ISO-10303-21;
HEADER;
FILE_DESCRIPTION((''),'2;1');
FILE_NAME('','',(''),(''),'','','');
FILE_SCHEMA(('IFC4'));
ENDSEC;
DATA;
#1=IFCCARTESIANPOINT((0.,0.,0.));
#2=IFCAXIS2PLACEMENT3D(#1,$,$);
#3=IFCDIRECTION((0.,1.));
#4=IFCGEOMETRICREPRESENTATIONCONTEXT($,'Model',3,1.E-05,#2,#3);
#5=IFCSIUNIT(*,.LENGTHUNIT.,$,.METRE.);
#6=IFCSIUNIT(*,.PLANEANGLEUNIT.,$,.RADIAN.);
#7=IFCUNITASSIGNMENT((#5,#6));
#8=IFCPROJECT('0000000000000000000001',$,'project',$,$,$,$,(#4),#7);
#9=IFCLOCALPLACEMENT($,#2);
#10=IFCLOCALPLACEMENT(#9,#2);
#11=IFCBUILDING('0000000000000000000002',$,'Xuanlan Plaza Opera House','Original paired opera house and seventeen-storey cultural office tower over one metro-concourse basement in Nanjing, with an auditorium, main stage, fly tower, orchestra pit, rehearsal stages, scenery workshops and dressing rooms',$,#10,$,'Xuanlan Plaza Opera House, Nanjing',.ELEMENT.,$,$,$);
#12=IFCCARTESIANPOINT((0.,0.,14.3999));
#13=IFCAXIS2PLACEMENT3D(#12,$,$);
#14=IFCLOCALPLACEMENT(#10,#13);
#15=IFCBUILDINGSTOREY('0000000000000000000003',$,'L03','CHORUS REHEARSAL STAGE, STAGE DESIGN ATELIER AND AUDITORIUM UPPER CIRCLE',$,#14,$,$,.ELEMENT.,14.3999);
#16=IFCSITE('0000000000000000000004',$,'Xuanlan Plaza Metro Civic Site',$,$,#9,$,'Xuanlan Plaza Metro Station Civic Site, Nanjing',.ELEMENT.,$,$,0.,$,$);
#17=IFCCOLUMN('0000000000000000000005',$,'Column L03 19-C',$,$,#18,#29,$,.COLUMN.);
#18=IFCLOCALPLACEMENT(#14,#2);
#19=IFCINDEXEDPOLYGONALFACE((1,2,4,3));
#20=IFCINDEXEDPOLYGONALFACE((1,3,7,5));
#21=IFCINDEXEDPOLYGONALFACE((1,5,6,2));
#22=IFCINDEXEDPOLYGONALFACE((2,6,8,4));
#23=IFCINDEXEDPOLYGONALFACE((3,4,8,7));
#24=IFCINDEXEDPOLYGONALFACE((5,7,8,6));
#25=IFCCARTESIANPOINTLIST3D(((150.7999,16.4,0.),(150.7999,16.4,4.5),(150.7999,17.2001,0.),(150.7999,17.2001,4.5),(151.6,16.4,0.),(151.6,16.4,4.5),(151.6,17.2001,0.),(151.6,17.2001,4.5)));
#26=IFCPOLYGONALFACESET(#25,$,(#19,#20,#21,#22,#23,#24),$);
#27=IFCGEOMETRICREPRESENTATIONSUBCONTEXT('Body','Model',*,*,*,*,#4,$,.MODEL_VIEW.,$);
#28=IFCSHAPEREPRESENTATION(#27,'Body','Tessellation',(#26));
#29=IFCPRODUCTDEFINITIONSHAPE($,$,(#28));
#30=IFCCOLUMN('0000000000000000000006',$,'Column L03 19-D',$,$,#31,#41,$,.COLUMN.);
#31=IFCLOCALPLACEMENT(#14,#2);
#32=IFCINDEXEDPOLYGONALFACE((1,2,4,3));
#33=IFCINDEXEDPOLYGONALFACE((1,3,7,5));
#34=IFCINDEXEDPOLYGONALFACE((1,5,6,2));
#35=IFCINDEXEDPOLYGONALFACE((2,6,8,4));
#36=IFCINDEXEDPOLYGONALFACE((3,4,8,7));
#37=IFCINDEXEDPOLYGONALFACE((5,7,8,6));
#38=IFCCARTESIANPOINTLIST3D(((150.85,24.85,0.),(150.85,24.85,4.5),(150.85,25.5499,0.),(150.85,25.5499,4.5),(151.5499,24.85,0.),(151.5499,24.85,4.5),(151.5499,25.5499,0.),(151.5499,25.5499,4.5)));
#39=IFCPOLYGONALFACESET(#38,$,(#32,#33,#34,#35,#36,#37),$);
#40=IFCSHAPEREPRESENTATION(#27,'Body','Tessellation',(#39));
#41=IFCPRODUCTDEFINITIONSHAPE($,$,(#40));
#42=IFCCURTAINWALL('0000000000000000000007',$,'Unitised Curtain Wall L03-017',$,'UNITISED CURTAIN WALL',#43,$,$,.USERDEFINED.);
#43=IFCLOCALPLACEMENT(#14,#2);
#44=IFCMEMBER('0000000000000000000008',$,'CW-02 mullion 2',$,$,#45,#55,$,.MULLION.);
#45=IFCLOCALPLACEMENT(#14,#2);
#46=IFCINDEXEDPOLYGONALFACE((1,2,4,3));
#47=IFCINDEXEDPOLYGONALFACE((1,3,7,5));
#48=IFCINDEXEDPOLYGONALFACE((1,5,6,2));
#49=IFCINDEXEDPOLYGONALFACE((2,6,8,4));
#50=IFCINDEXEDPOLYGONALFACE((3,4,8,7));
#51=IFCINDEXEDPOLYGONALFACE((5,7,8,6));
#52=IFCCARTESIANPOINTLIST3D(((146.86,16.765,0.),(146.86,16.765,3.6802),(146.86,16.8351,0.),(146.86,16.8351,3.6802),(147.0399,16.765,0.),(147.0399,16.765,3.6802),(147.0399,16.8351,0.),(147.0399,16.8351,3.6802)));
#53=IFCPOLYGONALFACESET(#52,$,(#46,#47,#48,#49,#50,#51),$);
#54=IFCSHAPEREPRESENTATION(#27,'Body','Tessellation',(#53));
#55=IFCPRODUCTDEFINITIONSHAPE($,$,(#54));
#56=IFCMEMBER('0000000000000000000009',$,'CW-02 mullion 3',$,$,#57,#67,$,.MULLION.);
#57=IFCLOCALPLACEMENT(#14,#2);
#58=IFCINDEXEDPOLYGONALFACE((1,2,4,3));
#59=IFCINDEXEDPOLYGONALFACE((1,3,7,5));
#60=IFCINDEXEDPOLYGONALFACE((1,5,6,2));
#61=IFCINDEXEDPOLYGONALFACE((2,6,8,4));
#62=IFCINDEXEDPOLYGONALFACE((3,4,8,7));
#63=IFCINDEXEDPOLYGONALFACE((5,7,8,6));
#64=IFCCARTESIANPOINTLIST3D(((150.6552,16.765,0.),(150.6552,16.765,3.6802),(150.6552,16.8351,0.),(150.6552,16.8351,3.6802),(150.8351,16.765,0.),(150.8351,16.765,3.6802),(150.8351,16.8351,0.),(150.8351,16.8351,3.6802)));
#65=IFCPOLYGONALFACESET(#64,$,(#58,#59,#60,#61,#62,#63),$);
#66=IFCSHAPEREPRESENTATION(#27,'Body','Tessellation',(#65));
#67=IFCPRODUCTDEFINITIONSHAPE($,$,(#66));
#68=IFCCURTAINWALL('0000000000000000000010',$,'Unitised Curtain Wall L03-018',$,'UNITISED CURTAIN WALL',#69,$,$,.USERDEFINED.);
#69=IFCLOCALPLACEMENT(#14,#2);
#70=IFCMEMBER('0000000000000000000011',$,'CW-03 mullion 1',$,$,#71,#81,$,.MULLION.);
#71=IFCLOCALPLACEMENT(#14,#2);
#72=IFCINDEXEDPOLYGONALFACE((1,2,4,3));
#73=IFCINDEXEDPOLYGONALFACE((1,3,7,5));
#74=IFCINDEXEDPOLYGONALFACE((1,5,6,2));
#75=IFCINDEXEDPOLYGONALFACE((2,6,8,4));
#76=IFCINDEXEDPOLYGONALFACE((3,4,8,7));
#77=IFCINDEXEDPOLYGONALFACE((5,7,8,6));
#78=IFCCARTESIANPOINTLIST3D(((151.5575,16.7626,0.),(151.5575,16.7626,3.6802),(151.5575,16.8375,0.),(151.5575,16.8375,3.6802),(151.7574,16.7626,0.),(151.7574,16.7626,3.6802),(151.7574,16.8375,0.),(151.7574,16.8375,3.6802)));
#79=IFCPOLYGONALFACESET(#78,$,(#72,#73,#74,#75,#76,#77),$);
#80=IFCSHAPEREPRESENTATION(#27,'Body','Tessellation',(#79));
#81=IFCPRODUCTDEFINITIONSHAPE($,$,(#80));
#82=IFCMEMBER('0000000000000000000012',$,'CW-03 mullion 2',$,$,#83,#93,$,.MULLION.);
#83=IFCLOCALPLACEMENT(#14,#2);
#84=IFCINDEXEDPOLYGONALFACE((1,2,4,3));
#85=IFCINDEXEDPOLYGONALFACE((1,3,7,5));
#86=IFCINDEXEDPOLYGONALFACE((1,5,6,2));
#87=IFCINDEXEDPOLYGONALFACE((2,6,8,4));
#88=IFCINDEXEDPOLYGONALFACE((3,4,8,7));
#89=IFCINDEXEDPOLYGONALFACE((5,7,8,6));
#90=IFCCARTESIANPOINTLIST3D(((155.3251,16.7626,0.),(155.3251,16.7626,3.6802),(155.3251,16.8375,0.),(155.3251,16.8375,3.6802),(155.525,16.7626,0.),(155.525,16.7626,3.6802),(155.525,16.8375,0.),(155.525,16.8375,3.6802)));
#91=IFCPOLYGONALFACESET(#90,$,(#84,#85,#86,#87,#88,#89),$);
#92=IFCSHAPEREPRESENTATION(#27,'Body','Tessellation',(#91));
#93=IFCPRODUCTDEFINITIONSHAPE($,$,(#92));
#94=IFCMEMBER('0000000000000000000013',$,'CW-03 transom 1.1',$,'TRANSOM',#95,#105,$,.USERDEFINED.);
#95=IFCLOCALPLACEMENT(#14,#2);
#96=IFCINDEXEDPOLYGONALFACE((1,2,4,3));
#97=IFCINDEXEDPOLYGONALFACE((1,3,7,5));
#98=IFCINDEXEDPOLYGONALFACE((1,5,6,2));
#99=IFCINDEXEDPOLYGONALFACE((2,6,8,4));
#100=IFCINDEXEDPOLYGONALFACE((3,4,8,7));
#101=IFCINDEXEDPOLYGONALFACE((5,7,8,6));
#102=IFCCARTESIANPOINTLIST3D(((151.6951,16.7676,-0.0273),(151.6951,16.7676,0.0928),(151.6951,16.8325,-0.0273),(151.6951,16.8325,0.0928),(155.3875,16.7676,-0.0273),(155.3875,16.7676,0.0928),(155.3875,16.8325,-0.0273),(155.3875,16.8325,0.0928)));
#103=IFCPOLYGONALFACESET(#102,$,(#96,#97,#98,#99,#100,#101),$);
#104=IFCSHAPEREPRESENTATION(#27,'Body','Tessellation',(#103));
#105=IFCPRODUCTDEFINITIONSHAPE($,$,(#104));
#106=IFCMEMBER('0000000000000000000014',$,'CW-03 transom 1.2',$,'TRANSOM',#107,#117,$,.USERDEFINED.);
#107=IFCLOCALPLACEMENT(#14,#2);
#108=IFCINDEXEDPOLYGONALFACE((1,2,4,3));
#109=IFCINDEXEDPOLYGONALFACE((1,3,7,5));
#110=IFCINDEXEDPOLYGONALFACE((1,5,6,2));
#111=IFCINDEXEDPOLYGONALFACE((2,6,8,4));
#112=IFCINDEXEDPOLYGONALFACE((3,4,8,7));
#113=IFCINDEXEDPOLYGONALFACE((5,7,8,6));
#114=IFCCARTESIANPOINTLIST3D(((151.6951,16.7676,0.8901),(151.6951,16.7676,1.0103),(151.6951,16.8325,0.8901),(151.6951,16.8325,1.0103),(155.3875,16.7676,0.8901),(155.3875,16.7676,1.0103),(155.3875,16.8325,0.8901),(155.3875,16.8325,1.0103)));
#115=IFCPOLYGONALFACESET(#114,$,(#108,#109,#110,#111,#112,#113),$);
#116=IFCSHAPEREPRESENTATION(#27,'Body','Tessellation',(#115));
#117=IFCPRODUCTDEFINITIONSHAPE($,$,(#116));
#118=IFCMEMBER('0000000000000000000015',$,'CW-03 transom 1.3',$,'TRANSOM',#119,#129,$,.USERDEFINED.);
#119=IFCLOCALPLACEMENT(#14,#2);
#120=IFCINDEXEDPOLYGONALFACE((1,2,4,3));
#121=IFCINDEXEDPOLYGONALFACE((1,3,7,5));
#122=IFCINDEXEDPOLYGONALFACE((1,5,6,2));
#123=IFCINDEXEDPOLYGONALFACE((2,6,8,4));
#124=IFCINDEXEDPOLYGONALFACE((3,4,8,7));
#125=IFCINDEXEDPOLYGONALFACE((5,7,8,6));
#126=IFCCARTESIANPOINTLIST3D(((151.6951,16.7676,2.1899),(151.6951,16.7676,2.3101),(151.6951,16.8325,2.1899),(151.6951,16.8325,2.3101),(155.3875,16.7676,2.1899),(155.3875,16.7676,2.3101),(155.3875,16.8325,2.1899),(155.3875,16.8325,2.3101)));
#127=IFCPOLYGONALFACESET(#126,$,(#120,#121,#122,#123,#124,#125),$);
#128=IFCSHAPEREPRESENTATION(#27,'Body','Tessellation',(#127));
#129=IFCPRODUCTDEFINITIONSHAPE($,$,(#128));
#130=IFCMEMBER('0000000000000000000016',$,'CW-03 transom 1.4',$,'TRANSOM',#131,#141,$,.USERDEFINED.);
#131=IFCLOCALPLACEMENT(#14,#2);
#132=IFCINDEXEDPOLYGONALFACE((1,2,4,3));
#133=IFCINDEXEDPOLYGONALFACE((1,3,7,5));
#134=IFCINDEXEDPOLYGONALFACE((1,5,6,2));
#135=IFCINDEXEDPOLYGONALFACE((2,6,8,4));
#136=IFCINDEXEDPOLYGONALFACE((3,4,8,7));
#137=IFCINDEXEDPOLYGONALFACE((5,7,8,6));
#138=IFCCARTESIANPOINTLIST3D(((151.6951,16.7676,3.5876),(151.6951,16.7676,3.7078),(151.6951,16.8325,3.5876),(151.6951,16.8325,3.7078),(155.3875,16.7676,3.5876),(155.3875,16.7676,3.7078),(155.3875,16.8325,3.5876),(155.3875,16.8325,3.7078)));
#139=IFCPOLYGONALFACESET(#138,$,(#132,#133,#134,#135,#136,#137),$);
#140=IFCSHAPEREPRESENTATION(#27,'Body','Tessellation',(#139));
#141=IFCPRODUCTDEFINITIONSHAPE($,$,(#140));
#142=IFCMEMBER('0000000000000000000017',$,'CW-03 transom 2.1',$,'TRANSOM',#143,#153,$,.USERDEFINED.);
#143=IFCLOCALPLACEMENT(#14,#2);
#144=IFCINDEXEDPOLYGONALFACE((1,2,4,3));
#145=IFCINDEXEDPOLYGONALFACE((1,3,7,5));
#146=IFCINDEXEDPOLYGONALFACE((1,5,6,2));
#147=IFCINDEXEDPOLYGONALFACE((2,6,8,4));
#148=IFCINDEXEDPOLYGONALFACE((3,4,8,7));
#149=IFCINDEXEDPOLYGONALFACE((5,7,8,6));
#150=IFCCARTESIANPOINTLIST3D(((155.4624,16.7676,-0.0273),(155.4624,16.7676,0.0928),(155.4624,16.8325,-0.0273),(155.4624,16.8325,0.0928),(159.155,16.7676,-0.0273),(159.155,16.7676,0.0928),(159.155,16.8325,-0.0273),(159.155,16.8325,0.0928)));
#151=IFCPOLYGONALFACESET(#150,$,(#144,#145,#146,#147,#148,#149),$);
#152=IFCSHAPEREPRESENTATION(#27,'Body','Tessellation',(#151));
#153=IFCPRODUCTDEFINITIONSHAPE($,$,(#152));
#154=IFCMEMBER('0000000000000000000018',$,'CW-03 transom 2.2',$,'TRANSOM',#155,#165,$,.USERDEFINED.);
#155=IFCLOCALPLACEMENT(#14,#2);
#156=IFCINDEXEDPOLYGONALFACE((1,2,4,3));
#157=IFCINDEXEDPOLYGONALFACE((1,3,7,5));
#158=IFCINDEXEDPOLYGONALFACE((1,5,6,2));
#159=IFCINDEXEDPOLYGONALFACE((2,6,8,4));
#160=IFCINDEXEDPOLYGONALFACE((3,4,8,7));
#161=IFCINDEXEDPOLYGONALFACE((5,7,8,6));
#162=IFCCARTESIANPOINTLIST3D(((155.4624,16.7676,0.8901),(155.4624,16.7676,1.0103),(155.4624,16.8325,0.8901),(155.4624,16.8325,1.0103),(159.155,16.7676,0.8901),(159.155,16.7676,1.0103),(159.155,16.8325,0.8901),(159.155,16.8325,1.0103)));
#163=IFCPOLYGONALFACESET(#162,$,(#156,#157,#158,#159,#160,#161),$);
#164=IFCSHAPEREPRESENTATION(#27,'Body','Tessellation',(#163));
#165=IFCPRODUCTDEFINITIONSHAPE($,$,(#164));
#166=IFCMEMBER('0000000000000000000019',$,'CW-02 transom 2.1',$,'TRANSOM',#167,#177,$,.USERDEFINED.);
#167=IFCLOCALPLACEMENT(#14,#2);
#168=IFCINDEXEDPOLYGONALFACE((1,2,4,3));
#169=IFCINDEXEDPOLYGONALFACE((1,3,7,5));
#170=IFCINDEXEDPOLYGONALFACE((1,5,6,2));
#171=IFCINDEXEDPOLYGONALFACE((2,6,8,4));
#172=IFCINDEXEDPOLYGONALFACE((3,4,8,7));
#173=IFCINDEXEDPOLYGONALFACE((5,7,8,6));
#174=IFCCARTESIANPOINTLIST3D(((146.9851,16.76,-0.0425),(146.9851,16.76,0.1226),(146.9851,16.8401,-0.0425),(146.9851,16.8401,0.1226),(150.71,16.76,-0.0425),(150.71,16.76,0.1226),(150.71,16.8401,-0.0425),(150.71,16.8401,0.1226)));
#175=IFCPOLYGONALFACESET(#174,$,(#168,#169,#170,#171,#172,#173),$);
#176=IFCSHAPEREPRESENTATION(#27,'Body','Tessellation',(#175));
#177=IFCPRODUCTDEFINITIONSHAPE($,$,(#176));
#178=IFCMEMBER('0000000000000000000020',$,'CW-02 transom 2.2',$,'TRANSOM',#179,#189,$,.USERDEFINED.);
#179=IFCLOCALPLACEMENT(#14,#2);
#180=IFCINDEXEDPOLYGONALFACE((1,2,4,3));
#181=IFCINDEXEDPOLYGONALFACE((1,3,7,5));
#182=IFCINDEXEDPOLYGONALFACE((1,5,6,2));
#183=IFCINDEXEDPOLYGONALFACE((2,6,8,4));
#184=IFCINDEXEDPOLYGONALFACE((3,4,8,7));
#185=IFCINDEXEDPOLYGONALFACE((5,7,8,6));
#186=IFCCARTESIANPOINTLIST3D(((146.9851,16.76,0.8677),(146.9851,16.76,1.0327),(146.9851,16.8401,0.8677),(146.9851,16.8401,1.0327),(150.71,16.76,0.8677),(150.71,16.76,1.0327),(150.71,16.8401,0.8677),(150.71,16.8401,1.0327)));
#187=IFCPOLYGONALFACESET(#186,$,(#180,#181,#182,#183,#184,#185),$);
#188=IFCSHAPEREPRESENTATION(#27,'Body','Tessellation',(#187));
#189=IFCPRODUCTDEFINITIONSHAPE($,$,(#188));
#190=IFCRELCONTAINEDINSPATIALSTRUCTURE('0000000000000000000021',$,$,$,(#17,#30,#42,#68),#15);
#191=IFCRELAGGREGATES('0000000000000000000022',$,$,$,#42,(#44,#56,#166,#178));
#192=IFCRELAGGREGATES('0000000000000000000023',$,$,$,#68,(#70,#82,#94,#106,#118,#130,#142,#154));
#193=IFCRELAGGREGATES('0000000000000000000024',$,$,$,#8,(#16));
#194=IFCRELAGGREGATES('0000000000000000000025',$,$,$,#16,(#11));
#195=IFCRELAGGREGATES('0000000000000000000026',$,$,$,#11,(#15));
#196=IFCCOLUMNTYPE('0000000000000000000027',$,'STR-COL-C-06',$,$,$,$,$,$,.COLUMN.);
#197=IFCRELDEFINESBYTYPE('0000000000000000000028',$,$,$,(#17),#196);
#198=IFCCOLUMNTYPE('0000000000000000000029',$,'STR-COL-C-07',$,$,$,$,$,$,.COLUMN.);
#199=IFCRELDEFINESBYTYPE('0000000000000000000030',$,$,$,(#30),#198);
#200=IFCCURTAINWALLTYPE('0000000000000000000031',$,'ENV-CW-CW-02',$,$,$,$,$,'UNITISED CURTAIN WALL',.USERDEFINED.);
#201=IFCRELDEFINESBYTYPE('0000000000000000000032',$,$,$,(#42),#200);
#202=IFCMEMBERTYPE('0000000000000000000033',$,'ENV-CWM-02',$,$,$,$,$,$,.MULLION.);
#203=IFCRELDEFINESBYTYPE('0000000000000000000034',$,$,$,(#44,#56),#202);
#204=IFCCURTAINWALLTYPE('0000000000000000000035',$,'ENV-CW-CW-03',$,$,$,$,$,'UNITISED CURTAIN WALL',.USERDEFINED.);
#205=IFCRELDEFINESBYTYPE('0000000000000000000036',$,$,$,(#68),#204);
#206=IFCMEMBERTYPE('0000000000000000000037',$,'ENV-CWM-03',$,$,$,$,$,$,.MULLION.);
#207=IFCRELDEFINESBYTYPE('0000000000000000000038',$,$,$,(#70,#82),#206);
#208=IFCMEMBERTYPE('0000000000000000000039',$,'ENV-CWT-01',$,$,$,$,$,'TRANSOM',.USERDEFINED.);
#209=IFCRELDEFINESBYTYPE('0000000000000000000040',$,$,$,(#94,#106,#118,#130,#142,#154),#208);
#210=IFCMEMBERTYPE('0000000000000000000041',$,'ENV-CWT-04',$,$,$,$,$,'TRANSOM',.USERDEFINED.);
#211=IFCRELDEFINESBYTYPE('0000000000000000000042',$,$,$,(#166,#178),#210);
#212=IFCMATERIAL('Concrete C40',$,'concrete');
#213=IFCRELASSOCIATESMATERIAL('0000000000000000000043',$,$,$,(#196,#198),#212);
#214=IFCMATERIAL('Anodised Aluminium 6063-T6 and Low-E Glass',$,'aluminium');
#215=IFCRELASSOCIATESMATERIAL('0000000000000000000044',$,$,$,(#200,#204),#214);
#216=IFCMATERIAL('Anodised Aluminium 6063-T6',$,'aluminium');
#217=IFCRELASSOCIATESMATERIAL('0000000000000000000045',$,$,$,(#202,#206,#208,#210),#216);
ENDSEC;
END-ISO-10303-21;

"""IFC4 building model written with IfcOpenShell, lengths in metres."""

from ifc_helpers import new_model, si_unit, direction, frame, origin, origin_2d, place, context, subcontext, project, spatial, rectangle, extrude, material, material_profile, profile_set, type_object, element, aggregate, save


model = new_model("IFC4")

# Units and contexts
model_context = context("Model", 3, precision=1e-05, world=origin(), true_north=direction((0.0, 1.0)))
body_context = subcontext(model_context, "Body", "Model", "MODEL_VIEW")
ifc_project = project(units=[si_unit("LENGTHUNIT", "METRE"), si_unit("PLANEANGLEUNIT", "RADIAN")], contexts=[model_context])

# Site, building, storey
site_placement = place(None, origin())
site = spatial("IfcSite", under=ifc_project, at=site_placement, Name="Xuanlan Plaza Metro Civic Site", LongName="Xuanlan Plaza Metro Station Civic Site, Nanjing", CompositionType="ELEMENT", RefElevation=0.0)
building_placement = place(site_placement, origin())
building = spatial("IfcBuilding", under=site, at=building_placement, Name="Xuanlan Plaza Opera House", Description="Original paired opera house and seventeen-storey cultural office tower over one metro-concourse basement in Nanjing, with an auditorium, main stage, fly tower, orchestra pit, rehearsal stages, scenery workshops and dressing rooms", LongName="Xuanlan Plaza Opera House, Nanjing", CompositionType="ELEMENT")
storey_placement = place(building_placement, frame((0.0, 0.0, 14.3999)))
storey = spatial("IfcBuildingStorey", under=building, at=storey_placement, Name="L03", Description="CHORUS REHEARSAL STAGE, STAGE DESIGN ATELIER AND AUDITORIUM UPPER CIRCLE", CompositionType="ELEMENT", Elevation=14.3999)

# Columns
ifc_material_1 = material(Name="Concrete C40", Category="concrete")
ifc_material_profile_1 = material_profile(ifc_material_1, rectangle(XDim=0.8, YDim=0.8, at=origin_2d()), Name="RC-COL 800x800")
ifc_profile_set_1 = profile_set([ifc_material_profile_1], Name="Concrete C40")
column_type_1 = type_object("IfcColumnType", Name="STR-COL-C-06", PredefinedType="COLUMN", material=ifc_profile_set_1)
column_1_placement = place(storey_placement, frame((151.2, 16.8, 0.0), z_axis=(0.0, 0.0, 1.0), x_axis=(1.0, 0.0, 0.0)))
element("IfcColumn", 1, at=column_1_placement, inside=storey, type_object=column_type_1, Name="Column L03 19-C", PredefinedType="COLUMN", context=body_context, shape_type="SweptSolid", body=[
    extrude(rectangle(XDim=0.8, YDim=0.8, at=origin_2d()), origin(), (0.0, 0.0, 1.0), 4.5),
])
ifc_material_profile_2 = material_profile(ifc_material_1, rectangle(XDim=0.7, YDim=0.7, at=origin_2d()), Name="RC-COL 700x700")
ifc_profile_set_2 = profile_set([ifc_material_profile_2], Name="Concrete C40")
column_type_2 = type_object("IfcColumnType", Name="STR-COL-C-07", PredefinedType="COLUMN", material=ifc_profile_set_2)
column_2_placement = place(storey_placement, frame((151.2, 25.2, 0.0), z_axis=(0.0, 0.0, 1.0), x_axis=(1.0, 0.0, 0.0)))
element("IfcColumn", 2, at=column_2_placement, inside=storey, type_object=column_type_2, Name="Column L03 19-D", PredefinedType="COLUMN", context=body_context, shape_type="SweptSolid", body=[
    extrude(rectangle(XDim=0.7, YDim=0.7, at=origin_2d()), origin(), (0.0, 0.0, 1.0), 4.5),
])

# Curtain walls, members
ifc_material_2 = material(Name="Anodised Aluminium 6063-T6 and Low-E Glass", Category="aluminium")
curtain_wall_type_1 = type_object("IfcCurtainWallType", Name="ENV-CW-CW-02", ElementType="UNITISED CURTAIN WALL", PredefinedType="USERDEFINED", material=ifc_material_2)
curtain_wall_1_placement = place(storey_placement, origin())
curtain_wall_1 = element("IfcCurtainWall", 3, at=curtain_wall_1_placement, inside=storey, type_object=curtain_wall_type_1, Name="Unitised Curtain Wall L03-017", ObjectType="UNITISED CURTAIN WALL", PredefinedType="USERDEFINED")
ifc_material_3 = material(Name="Anodised Aluminium 6063-T6", Category="aluminium")
ifc_material_profile_3 = material_profile(ifc_material_3, rectangle(XDim=0.0701, YDim=0.1799, at=origin_2d()), Name="ALU-M 70x180")
ifc_profile_set_3 = profile_set([ifc_material_profile_3], Name="Anodised Aluminium 6063-T6")
member_type_1 = type_object("IfcMemberType", Name="ENV-CWM-02", PredefinedType="MULLION", material=ifc_profile_set_3)
member_1_placement = place(storey_placement, frame((146.95, 16.8, 0.0), z_axis=(0.0, 0.0, 1.0), x_axis=(0.0, 1.0, 0.0)))
member_1 = element("IfcMember", 4, at=member_1_placement, type_object=member_type_1, Name="CW-02 mullion 2", PredefinedType="MULLION", context=body_context, shape_type="SweptSolid", body=[
    extrude(rectangle(XDim=0.0701, YDim=0.1799, at=origin_2d()), origin(), (0.0, 0.0, 1.0), 3.6802),
])
member_2_placement = place(storey_placement, frame((150.7451, 16.8, 0.0), z_axis=(0.0, 0.0, 1.0), x_axis=(0.0, 1.0, 0.0)))
member_2 = element("IfcMember", 5, at=member_2_placement, type_object=member_type_1, Name="CW-02 mullion 3", PredefinedType="MULLION", context=body_context, shape_type="SweptSolid", body=[
    extrude(rectangle(XDim=0.0701, YDim=0.1799, at=origin_2d()), origin(), (0.0, 0.0, 1.0), 3.6802),
])
curtain_wall_type_2 = type_object("IfcCurtainWallType", Name="ENV-CW-CW-03", ElementType="UNITISED CURTAIN WALL", PredefinedType="USERDEFINED", material=ifc_material_2)
curtain_wall_2_placement = place(storey_placement, origin())
curtain_wall_2 = element("IfcCurtainWall", 6, at=curtain_wall_2_placement, inside=storey, type_object=curtain_wall_type_2, Name="Unitised Curtain Wall L03-018", ObjectType="UNITISED CURTAIN WALL", PredefinedType="USERDEFINED")
ifc_material_profile_4 = material_profile(ifc_material_3, rectangle(XDim=0.075, YDim=0.2, at=origin_2d()), Name="ALU-M 75x200")
ifc_profile_set_4 = profile_set([ifc_material_profile_4], Name="Anodised Aluminium 6063-T6")
member_type_2 = type_object("IfcMemberType", Name="ENV-CWM-03", PredefinedType="MULLION", material=ifc_profile_set_4)
member_3_placement = place(storey_placement, frame((151.6575, 16.8, 0.0), z_axis=(0.0, 0.0, 1.0), x_axis=(0.0, 1.0, 0.0)))
member_3 = element("IfcMember", 7, at=member_3_placement, type_object=member_type_2, Name="CW-03 mullion 1", PredefinedType="MULLION", context=body_context, shape_type="SweptSolid", body=[
    extrude(rectangle(XDim=0.075, YDim=0.2, at=origin_2d()), origin(), (0.0, 0.0, 1.0), 3.6802),
])
member_4_placement = place(storey_placement, frame((155.425, 16.8, 0.0), z_axis=(0.0, 0.0, 1.0), x_axis=(0.0, 1.0, 0.0)))
member_4 = element("IfcMember", 8, at=member_4_placement, type_object=member_type_2, Name="CW-03 mullion 2", PredefinedType="MULLION", context=body_context, shape_type="SweptSolid", body=[
    extrude(rectangle(XDim=0.075, YDim=0.2, at=origin_2d()), origin(), (0.0, 0.0, 1.0), 3.6802),
])
ifc_material_profile_5 = material_profile(ifc_material_3, rectangle(XDim=0.0649, YDim=0.1201, at=origin_2d()), Name="ALU-T 65x120")
ifc_profile_set_5 = profile_set([ifc_material_profile_5], Name="Anodised Aluminium 6063-T6")
member_type_3 = type_object("IfcMemberType", Name="ENV-CWT-01", ElementType="TRANSOM", PredefinedType="USERDEFINED", material=ifc_profile_set_5)
member_5_placement = place(storey_placement, frame((151.6951, 16.8, 0.0327), z_axis=(1.0, 0.0, 0.0), x_axis=(0.0, 1.0, 0.0)))
member_5 = element("IfcMember", 9, at=member_5_placement, type_object=member_type_3, Name="CW-03 transom 1.1", ObjectType="TRANSOM", PredefinedType="USERDEFINED", context=body_context, shape_type="SweptSolid", body=[
    extrude(rectangle(XDim=0.0649, YDim=0.1201, at=origin_2d()), origin(), (0.0, 0.0, 1.0), 3.6924),
])
member_6_placement = place(storey_placement, frame((151.6951, 16.8, 0.9502), z_axis=(1.0, 0.0, 0.0), x_axis=(0.0, 1.0, 0.0)))
member_6 = element("IfcMember", 10, at=member_6_placement, type_object=member_type_3, Name="CW-03 transom 1.2", ObjectType="TRANSOM", PredefinedType="USERDEFINED", context=body_context, shape_type="SweptSolid", body=[
    extrude(rectangle(XDim=0.0649, YDim=0.1201, at=origin_2d()), origin(), (0.0, 0.0, 1.0), 3.6924),
])
member_7_placement = place(storey_placement, frame((151.6951, 16.8, 2.25), z_axis=(1.0, 0.0, 0.0), x_axis=(0.0, 1.0, 0.0)))
member_7 = element("IfcMember", 11, at=member_7_placement, type_object=member_type_3, Name="CW-03 transom 1.3", ObjectType="TRANSOM", PredefinedType="USERDEFINED", context=body_context, shape_type="SweptSolid", body=[
    extrude(rectangle(XDim=0.0649, YDim=0.1201, at=origin_2d()), origin(), (0.0, 0.0, 1.0), 3.6924),
])
member_8_placement = place(storey_placement, frame((151.6951, 16.8, 3.6477), z_axis=(1.0, 0.0, 0.0), x_axis=(0.0, 1.0, 0.0)))
member_8 = element("IfcMember", 12, at=member_8_placement, type_object=member_type_3, Name="CW-03 transom 1.4", ObjectType="TRANSOM", PredefinedType="USERDEFINED", context=body_context, shape_type="SweptSolid", body=[
    extrude(rectangle(XDim=0.0649, YDim=0.1201, at=origin_2d()), origin(), (0.0, 0.0, 1.0), 3.6924),
])
member_9_placement = place(storey_placement, frame((155.4624, 16.8, 0.0327), z_axis=(1.0, 0.0, 0.0), x_axis=(0.0, 1.0, 0.0)))
member_9 = element("IfcMember", 13, at=member_9_placement, type_object=member_type_3, Name="CW-03 transom 2.1", ObjectType="TRANSOM", PredefinedType="USERDEFINED", context=body_context, shape_type="SweptSolid", body=[
    extrude(rectangle(XDim=0.0649, YDim=0.1201, at=origin_2d()), origin(), (0.0, 0.0, 1.0), 3.6926),
])
member_10_placement = place(storey_placement, frame((155.4624, 16.8, 0.9502), z_axis=(1.0, 0.0, 0.0), x_axis=(0.0, 1.0, 0.0)))
member_10 = element("IfcMember", 14, at=member_10_placement, type_object=member_type_3, Name="CW-03 transom 2.2", ObjectType="TRANSOM", PredefinedType="USERDEFINED", context=body_context, shape_type="SweptSolid", body=[
    extrude(rectangle(XDim=0.0649, YDim=0.1201, at=origin_2d()), origin(), (0.0, 0.0, 1.0), 3.6926),
])

# Members
ifc_material_profile_6 = material_profile(ifc_material_3, rectangle(XDim=0.0801, YDim=0.165, at=origin_2d()), Name="ALU-T 80x165")
ifc_profile_set_6 = profile_set([ifc_material_profile_6], Name="Anodised Aluminium 6063-T6")
member_type_4 = type_object("IfcMemberType", Name="ENV-CWT-04", ElementType="TRANSOM", PredefinedType="USERDEFINED", material=ifc_profile_set_6)
member_11_placement = place(storey_placement, frame((146.9851, 16.8, 0.04), z_axis=(1.0, 0.0, 0.0), x_axis=(0.0, 1.0, 0.0)))
member_11 = element("IfcMember", 15, at=member_11_placement, type_object=member_type_4, Name="CW-02 transom 2.1", ObjectType="TRANSOM", PredefinedType="USERDEFINED", context=body_context, shape_type="SweptSolid", body=[
    extrude(rectangle(XDim=0.0801, YDim=0.165, at=origin_2d()), origin(), (0.0, 0.0, 1.0), 3.7249),
])
member_12_placement = place(storey_placement, frame((146.9851, 16.8, 0.9502), z_axis=(1.0, 0.0, 0.0), x_axis=(0.0, 1.0, 0.0)))
member_12 = element("IfcMember", 16, at=member_12_placement, type_object=member_type_4, Name="CW-02 transom 2.2", ObjectType="TRANSOM", PredefinedType="USERDEFINED", context=body_context, shape_type="SweptSolid", body=[
    extrude(rectangle(XDim=0.0801, YDim=0.165, at=origin_2d()), origin(), (0.0, 0.0, 1.0), 3.7249),
])

aggregate(curtain_wall_1, [member_1, member_2, member_11, member_12])
aggregate(curtain_wall_2, [member_3, member_4, member_5, member_6, member_7, member_8, member_9, member_10])

save(model, "model.ifc")
